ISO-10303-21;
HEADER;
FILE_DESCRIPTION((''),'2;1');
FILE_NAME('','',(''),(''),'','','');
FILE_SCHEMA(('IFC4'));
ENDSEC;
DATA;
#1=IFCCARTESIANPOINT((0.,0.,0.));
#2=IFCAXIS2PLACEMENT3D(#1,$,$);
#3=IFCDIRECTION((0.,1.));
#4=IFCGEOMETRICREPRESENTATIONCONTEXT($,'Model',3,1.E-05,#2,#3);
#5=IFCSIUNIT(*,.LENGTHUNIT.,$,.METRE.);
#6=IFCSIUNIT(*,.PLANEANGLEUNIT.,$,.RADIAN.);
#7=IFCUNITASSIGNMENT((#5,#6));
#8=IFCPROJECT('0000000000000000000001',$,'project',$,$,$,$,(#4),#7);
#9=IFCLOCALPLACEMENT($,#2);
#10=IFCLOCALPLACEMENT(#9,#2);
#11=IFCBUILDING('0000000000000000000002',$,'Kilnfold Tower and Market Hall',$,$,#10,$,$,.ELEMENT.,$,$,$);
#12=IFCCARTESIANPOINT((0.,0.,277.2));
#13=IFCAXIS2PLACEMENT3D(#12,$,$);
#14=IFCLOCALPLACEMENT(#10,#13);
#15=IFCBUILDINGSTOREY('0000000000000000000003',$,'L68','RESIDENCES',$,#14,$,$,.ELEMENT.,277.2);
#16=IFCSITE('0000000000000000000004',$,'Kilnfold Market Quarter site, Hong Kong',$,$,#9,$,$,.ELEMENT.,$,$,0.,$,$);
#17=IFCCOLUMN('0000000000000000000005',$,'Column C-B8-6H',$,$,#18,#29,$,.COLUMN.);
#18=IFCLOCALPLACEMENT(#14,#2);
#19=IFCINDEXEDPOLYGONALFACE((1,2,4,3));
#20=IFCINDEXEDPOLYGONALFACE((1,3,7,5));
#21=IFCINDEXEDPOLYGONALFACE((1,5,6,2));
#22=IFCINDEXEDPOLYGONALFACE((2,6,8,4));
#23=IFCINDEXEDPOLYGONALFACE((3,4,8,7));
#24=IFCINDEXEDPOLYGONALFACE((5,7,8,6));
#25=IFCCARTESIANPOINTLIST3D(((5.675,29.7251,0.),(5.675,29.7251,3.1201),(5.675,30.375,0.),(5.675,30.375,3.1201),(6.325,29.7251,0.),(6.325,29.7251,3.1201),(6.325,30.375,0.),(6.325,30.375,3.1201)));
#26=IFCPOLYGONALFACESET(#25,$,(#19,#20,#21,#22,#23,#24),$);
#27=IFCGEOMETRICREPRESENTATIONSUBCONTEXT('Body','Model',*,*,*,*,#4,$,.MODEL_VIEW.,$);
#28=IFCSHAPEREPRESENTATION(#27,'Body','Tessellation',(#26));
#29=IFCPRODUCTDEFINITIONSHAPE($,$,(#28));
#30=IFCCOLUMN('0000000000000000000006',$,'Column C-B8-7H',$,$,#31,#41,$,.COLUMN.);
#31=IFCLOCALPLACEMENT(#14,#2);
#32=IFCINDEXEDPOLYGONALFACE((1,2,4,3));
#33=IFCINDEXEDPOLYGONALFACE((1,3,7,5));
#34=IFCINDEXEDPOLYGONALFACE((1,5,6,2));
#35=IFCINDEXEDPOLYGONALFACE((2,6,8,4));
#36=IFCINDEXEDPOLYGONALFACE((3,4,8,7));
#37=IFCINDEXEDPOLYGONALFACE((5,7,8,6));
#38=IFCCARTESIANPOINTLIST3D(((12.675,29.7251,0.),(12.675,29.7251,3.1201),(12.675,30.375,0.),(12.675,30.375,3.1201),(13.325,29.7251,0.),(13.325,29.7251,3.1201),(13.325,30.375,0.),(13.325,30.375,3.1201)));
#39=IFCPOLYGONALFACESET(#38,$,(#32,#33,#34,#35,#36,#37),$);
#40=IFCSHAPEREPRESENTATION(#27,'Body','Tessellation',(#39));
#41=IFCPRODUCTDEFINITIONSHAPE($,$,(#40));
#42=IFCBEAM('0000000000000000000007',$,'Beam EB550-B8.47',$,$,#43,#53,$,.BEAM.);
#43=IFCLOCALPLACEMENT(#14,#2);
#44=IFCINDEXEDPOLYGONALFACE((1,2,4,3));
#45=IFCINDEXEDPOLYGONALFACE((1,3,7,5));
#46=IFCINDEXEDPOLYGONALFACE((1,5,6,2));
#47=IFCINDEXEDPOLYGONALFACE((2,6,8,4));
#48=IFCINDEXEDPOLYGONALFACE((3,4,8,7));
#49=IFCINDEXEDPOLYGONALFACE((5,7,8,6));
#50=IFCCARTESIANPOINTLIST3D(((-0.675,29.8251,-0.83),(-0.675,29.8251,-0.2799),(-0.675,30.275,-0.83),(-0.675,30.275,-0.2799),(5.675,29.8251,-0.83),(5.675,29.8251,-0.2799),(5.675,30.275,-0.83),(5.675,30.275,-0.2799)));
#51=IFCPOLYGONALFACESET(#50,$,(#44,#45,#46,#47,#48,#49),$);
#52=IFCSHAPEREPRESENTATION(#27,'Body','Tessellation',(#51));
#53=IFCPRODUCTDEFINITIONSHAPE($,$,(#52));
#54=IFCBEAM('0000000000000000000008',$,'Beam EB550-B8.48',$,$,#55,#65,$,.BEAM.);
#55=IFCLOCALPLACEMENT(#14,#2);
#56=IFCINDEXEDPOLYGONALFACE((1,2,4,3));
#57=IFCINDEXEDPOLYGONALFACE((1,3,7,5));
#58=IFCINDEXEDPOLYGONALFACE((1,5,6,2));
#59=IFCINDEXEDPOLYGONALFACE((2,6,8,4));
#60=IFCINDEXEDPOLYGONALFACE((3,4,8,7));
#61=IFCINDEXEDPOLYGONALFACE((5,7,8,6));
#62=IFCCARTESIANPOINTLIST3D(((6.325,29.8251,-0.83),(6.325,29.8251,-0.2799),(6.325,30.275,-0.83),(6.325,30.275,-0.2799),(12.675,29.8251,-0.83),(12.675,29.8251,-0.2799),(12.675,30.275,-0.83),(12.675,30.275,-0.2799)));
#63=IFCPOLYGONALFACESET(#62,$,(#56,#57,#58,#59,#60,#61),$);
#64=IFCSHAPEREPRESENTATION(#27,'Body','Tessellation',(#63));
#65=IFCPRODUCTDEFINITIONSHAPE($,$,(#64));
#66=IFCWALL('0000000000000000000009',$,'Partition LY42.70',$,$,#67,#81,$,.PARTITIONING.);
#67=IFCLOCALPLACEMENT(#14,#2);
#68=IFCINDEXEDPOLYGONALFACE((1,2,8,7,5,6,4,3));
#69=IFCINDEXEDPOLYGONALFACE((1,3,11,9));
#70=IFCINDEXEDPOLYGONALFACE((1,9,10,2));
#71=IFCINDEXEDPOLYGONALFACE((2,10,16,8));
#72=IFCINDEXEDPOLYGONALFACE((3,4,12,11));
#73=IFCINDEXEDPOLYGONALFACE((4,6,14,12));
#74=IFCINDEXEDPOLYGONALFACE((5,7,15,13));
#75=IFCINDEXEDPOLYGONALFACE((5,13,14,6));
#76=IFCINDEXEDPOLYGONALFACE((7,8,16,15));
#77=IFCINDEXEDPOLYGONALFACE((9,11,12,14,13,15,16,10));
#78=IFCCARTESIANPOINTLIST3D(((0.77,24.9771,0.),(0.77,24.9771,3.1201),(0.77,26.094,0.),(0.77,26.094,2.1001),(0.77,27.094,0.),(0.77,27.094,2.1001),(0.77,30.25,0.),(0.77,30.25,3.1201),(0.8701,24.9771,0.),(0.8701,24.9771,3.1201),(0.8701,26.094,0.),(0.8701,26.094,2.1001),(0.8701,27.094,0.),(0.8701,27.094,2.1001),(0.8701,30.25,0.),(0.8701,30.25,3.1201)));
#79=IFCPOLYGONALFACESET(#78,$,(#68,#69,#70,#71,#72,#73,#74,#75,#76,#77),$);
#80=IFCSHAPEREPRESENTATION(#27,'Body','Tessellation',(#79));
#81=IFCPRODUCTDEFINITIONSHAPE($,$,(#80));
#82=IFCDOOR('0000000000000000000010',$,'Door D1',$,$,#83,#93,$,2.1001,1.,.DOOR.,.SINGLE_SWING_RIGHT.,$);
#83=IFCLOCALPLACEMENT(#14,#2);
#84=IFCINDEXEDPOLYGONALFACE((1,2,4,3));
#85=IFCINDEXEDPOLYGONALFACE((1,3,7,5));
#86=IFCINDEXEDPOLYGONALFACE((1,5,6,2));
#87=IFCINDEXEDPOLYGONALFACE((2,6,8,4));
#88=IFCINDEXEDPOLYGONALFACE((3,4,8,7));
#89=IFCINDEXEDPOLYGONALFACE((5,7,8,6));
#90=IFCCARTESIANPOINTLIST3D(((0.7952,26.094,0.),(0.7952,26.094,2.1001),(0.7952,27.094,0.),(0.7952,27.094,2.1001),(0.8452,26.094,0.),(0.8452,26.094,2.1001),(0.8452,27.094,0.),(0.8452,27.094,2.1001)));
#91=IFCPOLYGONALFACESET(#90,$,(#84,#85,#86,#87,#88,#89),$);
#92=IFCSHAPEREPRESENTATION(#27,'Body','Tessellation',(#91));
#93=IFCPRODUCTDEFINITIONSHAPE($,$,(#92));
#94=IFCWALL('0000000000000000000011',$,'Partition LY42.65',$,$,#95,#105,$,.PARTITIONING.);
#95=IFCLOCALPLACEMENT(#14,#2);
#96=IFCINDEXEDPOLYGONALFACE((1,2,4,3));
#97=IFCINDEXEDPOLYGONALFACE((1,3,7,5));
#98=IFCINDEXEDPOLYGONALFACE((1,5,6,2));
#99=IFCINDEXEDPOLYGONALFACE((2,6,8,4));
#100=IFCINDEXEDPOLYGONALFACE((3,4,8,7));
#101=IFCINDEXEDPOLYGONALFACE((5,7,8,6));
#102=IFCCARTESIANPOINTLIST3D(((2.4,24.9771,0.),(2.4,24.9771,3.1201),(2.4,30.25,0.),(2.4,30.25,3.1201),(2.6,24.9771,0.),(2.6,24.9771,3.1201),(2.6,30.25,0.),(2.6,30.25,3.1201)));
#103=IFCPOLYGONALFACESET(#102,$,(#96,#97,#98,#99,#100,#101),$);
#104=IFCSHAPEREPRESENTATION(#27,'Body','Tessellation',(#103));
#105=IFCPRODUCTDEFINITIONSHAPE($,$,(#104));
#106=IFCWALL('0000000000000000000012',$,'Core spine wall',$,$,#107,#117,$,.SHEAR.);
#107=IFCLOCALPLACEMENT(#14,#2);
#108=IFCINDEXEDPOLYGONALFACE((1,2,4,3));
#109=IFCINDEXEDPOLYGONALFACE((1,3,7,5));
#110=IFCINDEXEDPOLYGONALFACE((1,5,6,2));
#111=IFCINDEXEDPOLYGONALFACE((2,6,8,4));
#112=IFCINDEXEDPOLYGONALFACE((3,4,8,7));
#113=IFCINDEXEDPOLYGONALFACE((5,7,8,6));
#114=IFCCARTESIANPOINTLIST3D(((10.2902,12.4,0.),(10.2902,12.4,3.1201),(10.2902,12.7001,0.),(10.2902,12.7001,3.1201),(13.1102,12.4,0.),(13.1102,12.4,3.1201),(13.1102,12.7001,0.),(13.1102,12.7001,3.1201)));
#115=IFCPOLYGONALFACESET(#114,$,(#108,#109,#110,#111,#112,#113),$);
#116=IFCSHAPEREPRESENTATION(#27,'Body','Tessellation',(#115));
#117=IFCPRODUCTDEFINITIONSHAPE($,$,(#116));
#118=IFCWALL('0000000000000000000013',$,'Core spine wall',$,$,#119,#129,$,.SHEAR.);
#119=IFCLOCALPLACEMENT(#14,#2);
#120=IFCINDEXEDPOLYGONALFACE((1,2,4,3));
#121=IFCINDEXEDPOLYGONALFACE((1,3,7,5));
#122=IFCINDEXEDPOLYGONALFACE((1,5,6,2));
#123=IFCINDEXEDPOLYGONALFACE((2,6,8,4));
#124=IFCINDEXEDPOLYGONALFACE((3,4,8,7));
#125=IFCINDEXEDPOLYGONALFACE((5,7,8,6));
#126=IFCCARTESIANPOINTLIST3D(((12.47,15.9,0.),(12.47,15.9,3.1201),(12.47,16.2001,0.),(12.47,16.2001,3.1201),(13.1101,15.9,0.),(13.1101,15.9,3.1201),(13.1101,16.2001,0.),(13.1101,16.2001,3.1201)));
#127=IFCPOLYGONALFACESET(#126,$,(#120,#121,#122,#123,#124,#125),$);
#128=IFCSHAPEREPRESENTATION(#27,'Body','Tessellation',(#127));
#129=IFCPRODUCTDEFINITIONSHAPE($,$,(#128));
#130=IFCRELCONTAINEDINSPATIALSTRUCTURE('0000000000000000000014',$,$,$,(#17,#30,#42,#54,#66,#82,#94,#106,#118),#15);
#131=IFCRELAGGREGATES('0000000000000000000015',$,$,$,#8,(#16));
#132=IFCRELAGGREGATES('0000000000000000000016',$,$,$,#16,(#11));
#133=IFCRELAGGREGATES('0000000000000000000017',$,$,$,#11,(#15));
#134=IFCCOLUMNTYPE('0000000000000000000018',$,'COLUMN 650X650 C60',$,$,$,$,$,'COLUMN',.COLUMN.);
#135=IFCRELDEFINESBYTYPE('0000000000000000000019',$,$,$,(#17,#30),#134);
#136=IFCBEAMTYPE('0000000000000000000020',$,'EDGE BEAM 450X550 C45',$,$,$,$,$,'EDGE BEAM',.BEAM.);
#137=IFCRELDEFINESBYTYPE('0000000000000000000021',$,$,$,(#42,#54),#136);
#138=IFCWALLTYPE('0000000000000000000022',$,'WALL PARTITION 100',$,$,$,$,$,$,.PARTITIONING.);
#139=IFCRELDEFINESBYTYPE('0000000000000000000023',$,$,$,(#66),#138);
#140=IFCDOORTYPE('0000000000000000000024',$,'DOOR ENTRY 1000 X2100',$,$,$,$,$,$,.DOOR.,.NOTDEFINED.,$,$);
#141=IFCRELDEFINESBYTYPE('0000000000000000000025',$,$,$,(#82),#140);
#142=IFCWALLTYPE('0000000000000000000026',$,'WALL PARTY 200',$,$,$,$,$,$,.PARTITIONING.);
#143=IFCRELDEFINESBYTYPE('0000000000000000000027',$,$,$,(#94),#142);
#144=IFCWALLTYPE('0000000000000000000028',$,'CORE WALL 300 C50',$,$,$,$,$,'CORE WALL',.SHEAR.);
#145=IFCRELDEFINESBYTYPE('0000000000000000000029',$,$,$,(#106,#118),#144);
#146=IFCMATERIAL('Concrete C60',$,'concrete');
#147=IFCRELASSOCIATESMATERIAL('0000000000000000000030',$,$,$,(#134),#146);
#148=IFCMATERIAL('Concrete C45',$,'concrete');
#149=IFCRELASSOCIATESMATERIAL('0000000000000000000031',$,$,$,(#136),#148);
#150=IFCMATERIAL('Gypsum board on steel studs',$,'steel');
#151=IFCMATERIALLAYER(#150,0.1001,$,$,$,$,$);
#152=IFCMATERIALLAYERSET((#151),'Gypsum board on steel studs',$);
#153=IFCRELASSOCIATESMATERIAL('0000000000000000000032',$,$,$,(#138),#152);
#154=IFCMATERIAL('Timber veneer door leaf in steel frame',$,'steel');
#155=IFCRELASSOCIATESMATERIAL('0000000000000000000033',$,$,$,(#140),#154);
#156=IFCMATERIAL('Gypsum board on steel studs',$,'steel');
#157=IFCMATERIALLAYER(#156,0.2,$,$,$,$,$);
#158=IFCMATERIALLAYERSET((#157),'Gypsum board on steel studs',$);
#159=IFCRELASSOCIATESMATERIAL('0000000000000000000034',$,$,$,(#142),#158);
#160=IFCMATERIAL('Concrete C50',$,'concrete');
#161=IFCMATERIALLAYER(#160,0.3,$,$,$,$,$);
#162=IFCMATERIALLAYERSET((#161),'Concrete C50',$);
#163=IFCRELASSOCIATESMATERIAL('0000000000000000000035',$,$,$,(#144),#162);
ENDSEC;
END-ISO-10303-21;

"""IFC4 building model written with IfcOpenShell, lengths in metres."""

from ifc_helpers import new_model, si_unit, direction, frame, frame_2d, origin, origin_2d, place, context, subcontext, project, spatial, rectangle, extrude, source, transform, mapped, material, layer, layer_set, material_profile, profile_set, type_object, element, fill, save


model = new_model("IFC4")

# Units and contexts
model_context = context("Model", 3, precision=1e-05, world=origin(), true_north=direction((0.0, 1.0)))
body_context = subcontext(model_context, "Body", "Model", "MODEL_VIEW")
ifc_project = project(units=[si_unit("LENGTHUNIT", "METRE"), si_unit("PLANEANGLEUNIT", "RADIAN")], contexts=[model_context])

# Site, building, storey
site_placement = place(None, origin())
site = spatial("IfcSite", under=ifc_project, at=site_placement, Name="Kilnfold Market Quarter site, Hong Kong", CompositionType="ELEMENT", RefElevation=0.0)
building_placement = place(site_placement, origin())
building = spatial("IfcBuilding", under=site, at=building_placement, Name="Kilnfold Tower and Market Hall", CompositionType="ELEMENT")
storey_placement = place(building_placement, frame((0.0, 0.0, 277.2)))
storey = spatial("IfcBuildingStorey", under=building, at=storey_placement, Name="L68", Description="RESIDENCES", CompositionType="ELEMENT", Elevation=277.2)

# Columns
ifc_material_1 = material(Name="Concrete C60", Category="concrete")
ifc_material_profile_1 = material_profile(ifc_material_1, rectangle(XDim=0.6499, YDim=0.6499, at=origin_2d()), Name="RC 650x650")
ifc_profile_set_1 = profile_set([ifc_material_profile_1], Name="Concrete C60")
column_type = type_object("IfcColumnType", Name="COLUMN 650X650 C60", ElementType="COLUMN", PredefinedType="COLUMN", material=ifc_profile_set_1)
shared_shape_1 = source(origin(), body_context, "Body", "SweptSolid", [
    extrude(rectangle(XDim=0.6499, YDim=0.6499, at=origin_2d()), origin(), (0.0, 0.0, 1.0), 3.1201),
])
for number, where, z_axis, x_axis, name in (
    (1, (6.0, 30.05, 0.0), (0.0, 0.0, 1.0), (1.0, 0.0, 0.0), "Column C-B8-6H"),
    (2, (13.0, 30.05, 0.0), (0.0, 0.0, 1.0), (1.0, 0.0, 0.0), "Column C-B8-7H"),
):
    element("IfcColumn", number, at=place(storey_placement, frame(where, z_axis=z_axis, x_axis=x_axis)), inside=storey, type_object=column_type, Name=name, PredefinedType="COLUMN", context=body_context, shape_type="MappedRepresentation", body=[
        mapped(shared_shape_1, transform((0.0, 0.0, 0.0))),
    ])

# Beams
ifc_material_2 = material(Name="Concrete C45", Category="concrete")
ifc_material_profile_2 = material_profile(ifc_material_2, rectangle(XDim=0.45, YDim=0.55, at=origin_2d()), Name="RC 450x550")
ifc_profile_set_2 = profile_set([ifc_material_profile_2], Name="Concrete C45")
beam_type = type_object("IfcBeamType", Name="EDGE BEAM 450X550 C45", ElementType="EDGE BEAM", PredefinedType="BEAM", material=ifc_profile_set_2)
shared_shape_2 = source(origin(), body_context, "Body", "SweptSolid", [
    extrude(rectangle(XDim=0.45, YDim=0.55, at=origin_2d()), origin(), (0.0, 0.0, 1.0), 6.3501),
])
for number, where, z_axis, x_axis, name in (
    (3, (-0.675, 30.05, -0.5549), (1.0, 0.0, 0.0), (0.0, 1.0, 0.0), "Beam EB550-B8.47"),
    (4, (6.325, 30.05, -0.5549), (1.0, 0.0, 0.0), (0.0, 1.0, 0.0), "Beam EB550-B8.48"),
):
    element("IfcBeam", number, at=place(storey_placement, frame(where, z_axis=z_axis, x_axis=x_axis)), inside=storey, type_object=beam_type, Name=name, PredefinedType="BEAM", context=body_context, shape_type="MappedRepresentation", body=[
        mapped(shared_shape_2, transform((0.0, 0.0, 0.0))),
    ])

# Wall, opening, door
ifc_material_3 = material(Name="Gypsum board on steel studs", Category="steel")
ifc_layer_1 = layer(ifc_material_3, 0.1001)
ifc_layer_set_1 = layer_set([ifc_layer_1], Name="Gypsum board on steel studs")
wall_type_1 = type_object("IfcWallType", Name="WALL PARTITION 100", PredefinedType="PARTITIONING", material=ifc_layer_set_1)
wall_1_placement = place(storey_placement, frame((0.8201, 24.9771, 0.0), z_axis=(0.0, 0.0, 1.0), x_axis=(0.0, 1.0, 0.0)))
wall_1 = element("IfcWall", 5, at=wall_1_placement, inside=storey, type_object=wall_type_1, Name="Partition LY42.70", PredefinedType="PARTITIONING", context=body_context, shape_type="SweptSolid", body=[
    extrude(rectangle(XDim=5.2729, YDim=0.1001, at=frame_2d((2.6365, 0.0))), origin(), (0.0, 0.0, 1.0), 3.1201),
])
opening_1_placement = place(wall_1_placement, frame((1.1169, 0.0, 0.0)))
opening_1 = element("IfcOpeningElement", 6, at=opening_1_placement, cuts=wall_1, PredefinedType="OPENING", context=body_context, shape_type="SweptSolid", body=[
    extrude(rectangle(XDim=1.0, YDim=2.1001, at=frame_2d((0.5, 1.05))), frame((0.0, 0.0601, 0.0), z_axis=(0.0, -1.0, 0.0), x_axis=(1.0, 0.0, 0.0)), (0.0, 0.0, 1.0), 0.1201),
])
ifc_material_4 = material(Name="Timber veneer door leaf in steel frame", Category="steel")
door_type_1 = type_object("IfcDoorType", Name="DOOR ENTRY 1000 X2100", OperationType="NOTDEFINED", PredefinedType="DOOR", material=ifc_material_4)
door_1_placement = place(opening_1_placement, origin())
door_1 = element("IfcDoor", 7, at=door_1_placement, inside=storey, type_object=door_type_1, Name="Door D1", OperationType="SINGLE_SWING_RIGHT", OverallHeight=2.1001, OverallWidth=1.0, PredefinedType="DOOR", context=body_context, shape_type="SweptSolid", body=[
    extrude(rectangle(XDim=1.0, YDim=2.1001, at=frame_2d((0.5, 1.05))), frame((0.0, 0.0249, 0.0), z_axis=(0.0, -1.0, 0.0), x_axis=(1.0, 0.0, 0.0)), (0.0, 0.0, 1.0), 0.05),
])
fill(opening_1, door_1)

# Walls
ifc_material_5 = material(Name="Gypsum board on steel studs", Category="steel")
ifc_layer_2 = layer(ifc_material_5, 0.2)
ifc_layer_set_2 = layer_set([ifc_layer_2], Name="Gypsum board on steel studs")
wall_type_2 = type_object("IfcWallType", Name="WALL PARTY 200", PredefinedType="PARTITIONING", material=ifc_layer_set_2)
wall_2_placement = place(storey_placement, frame((2.5, 30.25, 0.0), z_axis=(0.0, 0.0, 1.0), x_axis=(0.0, -1.0, 0.0)))
element("IfcWall", 8, at=wall_2_placement, inside=storey, type_object=wall_type_2, Name="Partition LY42.65", PredefinedType="PARTITIONING", context=body_context, shape_type="SweptSolid", body=[
    extrude(rectangle(XDim=5.2729, YDim=0.2, at=frame_2d((2.6365, 0.0))), origin(), (0.0, 0.0, 1.0), 3.1201),
])
ifc_material_6 = material(Name="Concrete C50", Category="concrete")
ifc_layer_3 = layer(ifc_material_6, 0.3)
ifc_layer_set_3 = layer_set([ifc_layer_3], Name="Concrete C50")
wall_type_3 = type_object("IfcWallType", Name="CORE WALL 300 C50", ElementType="CORE WALL", PredefinedType="SHEAR", material=ifc_layer_set_3)
shared_shape_3 = source(origin(), body_context, "Body", "SweptSolid", [
    extrude(rectangle(XDim=2.8201, YDim=0.3, at=frame_2d((1.4102, 0.0))), origin(), (0.0, 0.0, 1.0), 3.1201),
])
wall_3_placement = place(storey_placement, frame((10.29, 12.55, 0.0), z_axis=(0.0, 0.0, 1.0), x_axis=(1.0, 0.0, 0.0)))
element("IfcWall", 9, at=wall_3_placement, inside=storey, type_object=wall_type_3, Name="Core spine wall", PredefinedType="SHEAR", context=body_context, shape_type="MappedRepresentation", body=[
    mapped(shared_shape_3, transform((0.0, 0.0, 0.0))),
])
shared_shape_4 = source(origin(), body_context, "Body", "SweptSolid", [
    extrude(rectangle(XDim=0.6401, YDim=0.3, at=frame_2d((0.3201, 0.0))), origin(), (0.0, 0.0, 1.0), 3.1201),
])
wall_4_placement = place(storey_placement, frame((12.47, 16.05, 0.0), z_axis=(0.0, 0.0, 1.0), x_axis=(1.0, 0.0, 0.0)))
element("IfcWall", 10, at=wall_4_placement, inside=storey, type_object=wall_type_3, Name="Core spine wall", PredefinedType="SHEAR", context=body_context, shape_type="MappedRepresentation", body=[
    mapped(shared_shape_4, transform((0.0, 0.0, 0.0))),
])

save(model, "model.ifc")
